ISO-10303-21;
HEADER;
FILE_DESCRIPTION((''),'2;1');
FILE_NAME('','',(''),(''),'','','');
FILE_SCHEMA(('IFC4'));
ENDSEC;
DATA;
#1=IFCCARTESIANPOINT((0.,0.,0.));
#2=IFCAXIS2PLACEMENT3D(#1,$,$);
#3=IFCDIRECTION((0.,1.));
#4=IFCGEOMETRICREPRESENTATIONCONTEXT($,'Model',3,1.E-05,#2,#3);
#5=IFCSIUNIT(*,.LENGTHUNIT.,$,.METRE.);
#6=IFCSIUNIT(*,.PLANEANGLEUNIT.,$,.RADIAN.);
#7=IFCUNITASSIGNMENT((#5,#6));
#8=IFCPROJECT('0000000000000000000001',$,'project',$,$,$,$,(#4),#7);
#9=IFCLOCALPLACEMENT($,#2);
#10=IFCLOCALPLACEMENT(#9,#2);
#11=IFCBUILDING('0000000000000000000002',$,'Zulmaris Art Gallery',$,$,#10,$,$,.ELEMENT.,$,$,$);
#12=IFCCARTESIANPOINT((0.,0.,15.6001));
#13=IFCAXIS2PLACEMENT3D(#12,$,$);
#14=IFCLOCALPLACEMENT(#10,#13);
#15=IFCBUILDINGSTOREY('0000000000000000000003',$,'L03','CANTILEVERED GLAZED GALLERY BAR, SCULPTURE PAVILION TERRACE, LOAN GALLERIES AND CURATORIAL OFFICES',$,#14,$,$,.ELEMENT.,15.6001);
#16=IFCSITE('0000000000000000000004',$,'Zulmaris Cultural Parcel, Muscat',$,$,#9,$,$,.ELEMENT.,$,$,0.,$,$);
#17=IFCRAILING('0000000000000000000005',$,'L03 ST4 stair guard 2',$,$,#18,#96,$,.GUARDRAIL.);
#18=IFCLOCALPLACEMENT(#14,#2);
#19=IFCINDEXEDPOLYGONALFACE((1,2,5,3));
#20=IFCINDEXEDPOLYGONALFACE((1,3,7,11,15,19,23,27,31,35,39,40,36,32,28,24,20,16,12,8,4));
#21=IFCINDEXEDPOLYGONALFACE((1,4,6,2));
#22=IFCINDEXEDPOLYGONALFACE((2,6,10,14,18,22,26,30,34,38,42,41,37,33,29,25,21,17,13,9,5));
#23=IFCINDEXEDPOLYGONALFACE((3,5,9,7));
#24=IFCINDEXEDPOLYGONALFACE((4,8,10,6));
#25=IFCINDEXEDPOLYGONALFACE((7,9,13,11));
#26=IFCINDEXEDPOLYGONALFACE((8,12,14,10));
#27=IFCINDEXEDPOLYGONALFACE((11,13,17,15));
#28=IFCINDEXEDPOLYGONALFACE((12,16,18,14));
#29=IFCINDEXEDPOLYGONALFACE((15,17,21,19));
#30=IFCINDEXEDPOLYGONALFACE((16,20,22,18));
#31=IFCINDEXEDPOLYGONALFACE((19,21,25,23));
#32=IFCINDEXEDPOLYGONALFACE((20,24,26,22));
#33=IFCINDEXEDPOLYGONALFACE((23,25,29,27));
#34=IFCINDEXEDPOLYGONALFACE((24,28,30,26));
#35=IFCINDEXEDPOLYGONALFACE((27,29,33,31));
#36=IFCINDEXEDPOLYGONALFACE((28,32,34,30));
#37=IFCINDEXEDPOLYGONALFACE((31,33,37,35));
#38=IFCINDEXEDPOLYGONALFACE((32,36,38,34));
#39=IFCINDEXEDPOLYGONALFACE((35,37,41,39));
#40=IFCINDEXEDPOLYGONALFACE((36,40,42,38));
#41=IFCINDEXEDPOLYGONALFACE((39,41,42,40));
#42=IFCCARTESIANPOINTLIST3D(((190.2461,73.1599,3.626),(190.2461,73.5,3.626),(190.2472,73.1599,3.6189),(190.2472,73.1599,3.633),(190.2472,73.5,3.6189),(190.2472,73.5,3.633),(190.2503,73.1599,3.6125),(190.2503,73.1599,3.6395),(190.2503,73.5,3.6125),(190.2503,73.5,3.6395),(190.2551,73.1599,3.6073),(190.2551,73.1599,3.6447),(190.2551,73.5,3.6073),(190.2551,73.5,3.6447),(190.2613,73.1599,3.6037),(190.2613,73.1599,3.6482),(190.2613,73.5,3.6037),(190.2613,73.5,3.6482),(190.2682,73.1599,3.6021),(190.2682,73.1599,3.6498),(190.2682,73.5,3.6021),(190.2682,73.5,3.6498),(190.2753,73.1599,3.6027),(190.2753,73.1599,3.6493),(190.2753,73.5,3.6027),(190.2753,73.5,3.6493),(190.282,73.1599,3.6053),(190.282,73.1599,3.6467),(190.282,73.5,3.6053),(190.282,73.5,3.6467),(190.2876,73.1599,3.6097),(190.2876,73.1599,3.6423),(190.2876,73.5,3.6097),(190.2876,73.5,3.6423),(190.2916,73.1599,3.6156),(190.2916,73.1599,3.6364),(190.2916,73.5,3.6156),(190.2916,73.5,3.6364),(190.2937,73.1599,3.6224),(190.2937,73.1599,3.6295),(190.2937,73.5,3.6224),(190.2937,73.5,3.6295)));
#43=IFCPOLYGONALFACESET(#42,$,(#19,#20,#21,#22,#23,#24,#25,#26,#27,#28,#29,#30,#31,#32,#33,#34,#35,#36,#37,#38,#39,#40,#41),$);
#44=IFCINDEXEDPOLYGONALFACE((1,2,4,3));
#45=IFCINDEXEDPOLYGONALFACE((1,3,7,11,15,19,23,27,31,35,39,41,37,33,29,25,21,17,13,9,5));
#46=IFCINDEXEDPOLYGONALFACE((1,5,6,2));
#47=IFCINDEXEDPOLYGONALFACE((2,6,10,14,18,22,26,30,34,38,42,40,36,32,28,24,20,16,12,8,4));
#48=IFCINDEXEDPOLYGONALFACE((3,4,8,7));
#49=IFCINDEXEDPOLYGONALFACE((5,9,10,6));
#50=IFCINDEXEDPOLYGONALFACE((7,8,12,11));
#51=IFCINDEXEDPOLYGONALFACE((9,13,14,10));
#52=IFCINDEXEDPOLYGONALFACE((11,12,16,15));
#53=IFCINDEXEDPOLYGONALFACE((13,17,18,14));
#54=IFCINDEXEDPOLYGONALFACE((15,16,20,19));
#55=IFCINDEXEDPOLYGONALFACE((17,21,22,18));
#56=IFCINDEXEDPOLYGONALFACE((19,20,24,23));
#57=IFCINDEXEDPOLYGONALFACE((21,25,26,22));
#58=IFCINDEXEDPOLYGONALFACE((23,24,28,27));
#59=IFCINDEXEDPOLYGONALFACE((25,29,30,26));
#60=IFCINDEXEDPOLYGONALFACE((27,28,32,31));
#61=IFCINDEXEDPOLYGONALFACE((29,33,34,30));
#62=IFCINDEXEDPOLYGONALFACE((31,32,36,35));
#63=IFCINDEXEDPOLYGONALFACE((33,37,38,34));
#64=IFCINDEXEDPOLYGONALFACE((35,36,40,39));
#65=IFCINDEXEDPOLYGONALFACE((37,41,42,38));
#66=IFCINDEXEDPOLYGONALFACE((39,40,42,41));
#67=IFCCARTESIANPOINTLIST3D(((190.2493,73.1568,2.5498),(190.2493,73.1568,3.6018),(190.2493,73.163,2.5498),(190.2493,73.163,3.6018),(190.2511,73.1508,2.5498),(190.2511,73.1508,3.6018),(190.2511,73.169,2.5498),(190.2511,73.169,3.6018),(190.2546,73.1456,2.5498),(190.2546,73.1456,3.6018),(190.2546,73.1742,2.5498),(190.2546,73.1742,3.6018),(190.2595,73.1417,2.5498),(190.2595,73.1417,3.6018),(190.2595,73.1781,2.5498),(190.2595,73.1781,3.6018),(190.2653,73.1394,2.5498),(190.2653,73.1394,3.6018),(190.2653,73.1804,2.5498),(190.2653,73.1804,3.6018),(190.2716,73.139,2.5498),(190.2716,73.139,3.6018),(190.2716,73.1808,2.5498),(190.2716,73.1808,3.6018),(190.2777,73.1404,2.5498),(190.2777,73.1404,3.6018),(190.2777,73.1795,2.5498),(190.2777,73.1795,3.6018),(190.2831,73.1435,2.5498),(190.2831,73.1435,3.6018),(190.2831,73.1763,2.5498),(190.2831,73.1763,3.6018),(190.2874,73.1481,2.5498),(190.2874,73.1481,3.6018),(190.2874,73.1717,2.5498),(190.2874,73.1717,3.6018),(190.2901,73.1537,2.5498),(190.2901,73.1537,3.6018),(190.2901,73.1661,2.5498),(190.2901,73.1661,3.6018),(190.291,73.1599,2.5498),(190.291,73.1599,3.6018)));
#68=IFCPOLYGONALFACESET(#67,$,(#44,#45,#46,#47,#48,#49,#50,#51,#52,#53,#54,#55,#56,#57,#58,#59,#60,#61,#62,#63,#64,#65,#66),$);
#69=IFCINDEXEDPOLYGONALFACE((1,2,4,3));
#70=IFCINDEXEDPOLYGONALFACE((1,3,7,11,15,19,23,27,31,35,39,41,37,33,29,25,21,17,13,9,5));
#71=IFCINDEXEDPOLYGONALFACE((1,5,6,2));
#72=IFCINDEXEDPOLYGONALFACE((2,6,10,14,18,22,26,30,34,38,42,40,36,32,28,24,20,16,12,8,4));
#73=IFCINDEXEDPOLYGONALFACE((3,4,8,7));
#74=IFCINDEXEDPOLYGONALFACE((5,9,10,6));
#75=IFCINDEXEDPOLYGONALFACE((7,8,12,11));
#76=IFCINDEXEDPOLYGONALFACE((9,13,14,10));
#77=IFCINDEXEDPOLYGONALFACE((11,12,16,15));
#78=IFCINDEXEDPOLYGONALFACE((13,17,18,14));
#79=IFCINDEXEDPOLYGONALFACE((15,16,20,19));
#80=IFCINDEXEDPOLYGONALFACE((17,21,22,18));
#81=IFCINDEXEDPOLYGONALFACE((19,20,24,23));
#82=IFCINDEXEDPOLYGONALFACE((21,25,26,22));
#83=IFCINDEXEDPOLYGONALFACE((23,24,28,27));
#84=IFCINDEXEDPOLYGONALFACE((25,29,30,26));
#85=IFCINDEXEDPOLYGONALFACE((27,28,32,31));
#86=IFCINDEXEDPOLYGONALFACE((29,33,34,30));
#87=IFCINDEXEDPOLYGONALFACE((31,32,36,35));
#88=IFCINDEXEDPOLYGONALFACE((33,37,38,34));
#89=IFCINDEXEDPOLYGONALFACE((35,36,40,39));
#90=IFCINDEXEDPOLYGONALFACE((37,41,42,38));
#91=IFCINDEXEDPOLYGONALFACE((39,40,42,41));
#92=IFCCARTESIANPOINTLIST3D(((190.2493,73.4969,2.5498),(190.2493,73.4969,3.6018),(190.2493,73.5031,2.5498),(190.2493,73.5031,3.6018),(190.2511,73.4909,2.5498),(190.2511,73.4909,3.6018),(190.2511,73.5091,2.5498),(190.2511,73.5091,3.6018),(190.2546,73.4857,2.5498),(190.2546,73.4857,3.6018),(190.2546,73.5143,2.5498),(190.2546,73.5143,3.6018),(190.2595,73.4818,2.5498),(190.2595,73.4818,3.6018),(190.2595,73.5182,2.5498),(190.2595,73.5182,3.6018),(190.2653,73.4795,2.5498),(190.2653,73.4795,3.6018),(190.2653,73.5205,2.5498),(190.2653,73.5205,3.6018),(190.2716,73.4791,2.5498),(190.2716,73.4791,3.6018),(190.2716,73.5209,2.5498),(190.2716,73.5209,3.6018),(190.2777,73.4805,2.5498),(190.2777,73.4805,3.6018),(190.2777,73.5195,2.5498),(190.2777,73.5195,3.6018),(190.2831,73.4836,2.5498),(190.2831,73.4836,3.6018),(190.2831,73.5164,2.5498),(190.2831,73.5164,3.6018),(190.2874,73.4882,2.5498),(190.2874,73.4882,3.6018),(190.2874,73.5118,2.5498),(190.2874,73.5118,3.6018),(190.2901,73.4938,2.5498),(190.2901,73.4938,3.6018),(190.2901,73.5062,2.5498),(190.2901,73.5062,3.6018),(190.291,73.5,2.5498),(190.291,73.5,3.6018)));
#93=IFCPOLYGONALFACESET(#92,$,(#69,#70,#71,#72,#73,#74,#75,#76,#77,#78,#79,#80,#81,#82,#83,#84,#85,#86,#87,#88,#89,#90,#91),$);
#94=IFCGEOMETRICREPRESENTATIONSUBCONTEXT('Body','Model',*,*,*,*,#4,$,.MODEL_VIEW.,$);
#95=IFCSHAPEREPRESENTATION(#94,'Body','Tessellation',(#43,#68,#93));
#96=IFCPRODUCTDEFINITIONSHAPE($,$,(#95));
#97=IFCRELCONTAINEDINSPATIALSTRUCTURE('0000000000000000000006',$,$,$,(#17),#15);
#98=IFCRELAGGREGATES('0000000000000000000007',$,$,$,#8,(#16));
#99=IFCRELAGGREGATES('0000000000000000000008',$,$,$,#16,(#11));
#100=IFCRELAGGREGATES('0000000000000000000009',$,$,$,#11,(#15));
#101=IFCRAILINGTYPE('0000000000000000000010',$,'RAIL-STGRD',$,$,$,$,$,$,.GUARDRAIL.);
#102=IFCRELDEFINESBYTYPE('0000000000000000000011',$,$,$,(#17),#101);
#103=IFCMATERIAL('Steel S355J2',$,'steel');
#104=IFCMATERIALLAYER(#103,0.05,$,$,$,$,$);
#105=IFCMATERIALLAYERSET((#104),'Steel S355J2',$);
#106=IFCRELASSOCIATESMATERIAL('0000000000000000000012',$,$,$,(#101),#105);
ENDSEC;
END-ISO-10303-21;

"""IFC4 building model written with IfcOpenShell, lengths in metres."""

from ifc_helpers import new_model, si_unit, direction, frame, origin, origin_2d, place, context, subcontext, project, spatial, circle, extrude, material, layer, layer_set, type_object, element, save


model = new_model("IFC4")

# Units and contexts
model_context = context("Model", 3, precision=1e-05, world=origin(), true_north=direction((0.0, 1.0)))
body_context = subcontext(model_context, "Body", "Model", "MODEL_VIEW")
ifc_project = project(units=[si_unit("LENGTHUNIT", "METRE"), si_unit("PLANEANGLEUNIT", "RADIAN")], contexts=[model_context])

# Site, building, storey
site_placement = place(None, origin())
site = spatial("IfcSite", under=ifc_project, at=site_placement, Name="Zulmaris Cultural Parcel, Muscat", CompositionType="ELEMENT", RefElevation=0.0)
building_placement = place(site_placement, origin())
building = spatial("IfcBuilding", under=site, at=building_placement, Name="Zulmaris Art Gallery", CompositionType="ELEMENT")
storey_placement = place(building_placement, frame((0.0, 0.0, 15.6001)))
storey = spatial("IfcBuildingStorey", under=building, at=storey_placement, Name="L03", Description="CANTILEVERED GLAZED GALLERY BAR, SCULPTURE PAVILION TERRACE, LOAN GALLERIES AND CURATORIAL OFFICES", CompositionType="ELEMENT", Elevation=15.6001)

# Shared definitions
ifc_material_1 = material(Name="Steel S355J2", Category="steel")

# Railing
ifc_layer_1 = layer(ifc_material_1, 0.05)
ifc_layer_set_1 = layer_set([ifc_layer_1], Name="Steel S355J2")
railing_type_1 = type_object("IfcRailingType", Name="RAIL-STGRD", PredefinedType="GUARDRAIL", material=ifc_layer_set_1)
railing_1_placement = place(storey_placement, frame((190.27, 73.1599, 2.5498)))
element("IfcRailing", 1, at=railing_1_placement, inside=storey, type_object=railing_type_1, Name="L03 ST4 stair guard 2", PredefinedType="GUARDRAIL", context=body_context, shape_type="SweptSolid", body=[
    extrude(circle(Radius=0.0239, at=origin_2d()), frame((0.0, 0.0, 1.0762), z_axis=(0.0, 1.0, 0.0), x_axis=(-1.0, 0.0, 0.0)), (0.0, 0.0, 1.0), 0.3401),
    extrude(circle(Radius=0.021, at=origin_2d()), origin(), (0.0, 0.0, 1.0), 1.052),
    extrude(circle(Radius=0.021, at=origin_2d()), frame((0.0, 0.3401, 0.0)), (0.0, 0.0, 1.0), 1.052),
])

save(model, "model.ifc")
